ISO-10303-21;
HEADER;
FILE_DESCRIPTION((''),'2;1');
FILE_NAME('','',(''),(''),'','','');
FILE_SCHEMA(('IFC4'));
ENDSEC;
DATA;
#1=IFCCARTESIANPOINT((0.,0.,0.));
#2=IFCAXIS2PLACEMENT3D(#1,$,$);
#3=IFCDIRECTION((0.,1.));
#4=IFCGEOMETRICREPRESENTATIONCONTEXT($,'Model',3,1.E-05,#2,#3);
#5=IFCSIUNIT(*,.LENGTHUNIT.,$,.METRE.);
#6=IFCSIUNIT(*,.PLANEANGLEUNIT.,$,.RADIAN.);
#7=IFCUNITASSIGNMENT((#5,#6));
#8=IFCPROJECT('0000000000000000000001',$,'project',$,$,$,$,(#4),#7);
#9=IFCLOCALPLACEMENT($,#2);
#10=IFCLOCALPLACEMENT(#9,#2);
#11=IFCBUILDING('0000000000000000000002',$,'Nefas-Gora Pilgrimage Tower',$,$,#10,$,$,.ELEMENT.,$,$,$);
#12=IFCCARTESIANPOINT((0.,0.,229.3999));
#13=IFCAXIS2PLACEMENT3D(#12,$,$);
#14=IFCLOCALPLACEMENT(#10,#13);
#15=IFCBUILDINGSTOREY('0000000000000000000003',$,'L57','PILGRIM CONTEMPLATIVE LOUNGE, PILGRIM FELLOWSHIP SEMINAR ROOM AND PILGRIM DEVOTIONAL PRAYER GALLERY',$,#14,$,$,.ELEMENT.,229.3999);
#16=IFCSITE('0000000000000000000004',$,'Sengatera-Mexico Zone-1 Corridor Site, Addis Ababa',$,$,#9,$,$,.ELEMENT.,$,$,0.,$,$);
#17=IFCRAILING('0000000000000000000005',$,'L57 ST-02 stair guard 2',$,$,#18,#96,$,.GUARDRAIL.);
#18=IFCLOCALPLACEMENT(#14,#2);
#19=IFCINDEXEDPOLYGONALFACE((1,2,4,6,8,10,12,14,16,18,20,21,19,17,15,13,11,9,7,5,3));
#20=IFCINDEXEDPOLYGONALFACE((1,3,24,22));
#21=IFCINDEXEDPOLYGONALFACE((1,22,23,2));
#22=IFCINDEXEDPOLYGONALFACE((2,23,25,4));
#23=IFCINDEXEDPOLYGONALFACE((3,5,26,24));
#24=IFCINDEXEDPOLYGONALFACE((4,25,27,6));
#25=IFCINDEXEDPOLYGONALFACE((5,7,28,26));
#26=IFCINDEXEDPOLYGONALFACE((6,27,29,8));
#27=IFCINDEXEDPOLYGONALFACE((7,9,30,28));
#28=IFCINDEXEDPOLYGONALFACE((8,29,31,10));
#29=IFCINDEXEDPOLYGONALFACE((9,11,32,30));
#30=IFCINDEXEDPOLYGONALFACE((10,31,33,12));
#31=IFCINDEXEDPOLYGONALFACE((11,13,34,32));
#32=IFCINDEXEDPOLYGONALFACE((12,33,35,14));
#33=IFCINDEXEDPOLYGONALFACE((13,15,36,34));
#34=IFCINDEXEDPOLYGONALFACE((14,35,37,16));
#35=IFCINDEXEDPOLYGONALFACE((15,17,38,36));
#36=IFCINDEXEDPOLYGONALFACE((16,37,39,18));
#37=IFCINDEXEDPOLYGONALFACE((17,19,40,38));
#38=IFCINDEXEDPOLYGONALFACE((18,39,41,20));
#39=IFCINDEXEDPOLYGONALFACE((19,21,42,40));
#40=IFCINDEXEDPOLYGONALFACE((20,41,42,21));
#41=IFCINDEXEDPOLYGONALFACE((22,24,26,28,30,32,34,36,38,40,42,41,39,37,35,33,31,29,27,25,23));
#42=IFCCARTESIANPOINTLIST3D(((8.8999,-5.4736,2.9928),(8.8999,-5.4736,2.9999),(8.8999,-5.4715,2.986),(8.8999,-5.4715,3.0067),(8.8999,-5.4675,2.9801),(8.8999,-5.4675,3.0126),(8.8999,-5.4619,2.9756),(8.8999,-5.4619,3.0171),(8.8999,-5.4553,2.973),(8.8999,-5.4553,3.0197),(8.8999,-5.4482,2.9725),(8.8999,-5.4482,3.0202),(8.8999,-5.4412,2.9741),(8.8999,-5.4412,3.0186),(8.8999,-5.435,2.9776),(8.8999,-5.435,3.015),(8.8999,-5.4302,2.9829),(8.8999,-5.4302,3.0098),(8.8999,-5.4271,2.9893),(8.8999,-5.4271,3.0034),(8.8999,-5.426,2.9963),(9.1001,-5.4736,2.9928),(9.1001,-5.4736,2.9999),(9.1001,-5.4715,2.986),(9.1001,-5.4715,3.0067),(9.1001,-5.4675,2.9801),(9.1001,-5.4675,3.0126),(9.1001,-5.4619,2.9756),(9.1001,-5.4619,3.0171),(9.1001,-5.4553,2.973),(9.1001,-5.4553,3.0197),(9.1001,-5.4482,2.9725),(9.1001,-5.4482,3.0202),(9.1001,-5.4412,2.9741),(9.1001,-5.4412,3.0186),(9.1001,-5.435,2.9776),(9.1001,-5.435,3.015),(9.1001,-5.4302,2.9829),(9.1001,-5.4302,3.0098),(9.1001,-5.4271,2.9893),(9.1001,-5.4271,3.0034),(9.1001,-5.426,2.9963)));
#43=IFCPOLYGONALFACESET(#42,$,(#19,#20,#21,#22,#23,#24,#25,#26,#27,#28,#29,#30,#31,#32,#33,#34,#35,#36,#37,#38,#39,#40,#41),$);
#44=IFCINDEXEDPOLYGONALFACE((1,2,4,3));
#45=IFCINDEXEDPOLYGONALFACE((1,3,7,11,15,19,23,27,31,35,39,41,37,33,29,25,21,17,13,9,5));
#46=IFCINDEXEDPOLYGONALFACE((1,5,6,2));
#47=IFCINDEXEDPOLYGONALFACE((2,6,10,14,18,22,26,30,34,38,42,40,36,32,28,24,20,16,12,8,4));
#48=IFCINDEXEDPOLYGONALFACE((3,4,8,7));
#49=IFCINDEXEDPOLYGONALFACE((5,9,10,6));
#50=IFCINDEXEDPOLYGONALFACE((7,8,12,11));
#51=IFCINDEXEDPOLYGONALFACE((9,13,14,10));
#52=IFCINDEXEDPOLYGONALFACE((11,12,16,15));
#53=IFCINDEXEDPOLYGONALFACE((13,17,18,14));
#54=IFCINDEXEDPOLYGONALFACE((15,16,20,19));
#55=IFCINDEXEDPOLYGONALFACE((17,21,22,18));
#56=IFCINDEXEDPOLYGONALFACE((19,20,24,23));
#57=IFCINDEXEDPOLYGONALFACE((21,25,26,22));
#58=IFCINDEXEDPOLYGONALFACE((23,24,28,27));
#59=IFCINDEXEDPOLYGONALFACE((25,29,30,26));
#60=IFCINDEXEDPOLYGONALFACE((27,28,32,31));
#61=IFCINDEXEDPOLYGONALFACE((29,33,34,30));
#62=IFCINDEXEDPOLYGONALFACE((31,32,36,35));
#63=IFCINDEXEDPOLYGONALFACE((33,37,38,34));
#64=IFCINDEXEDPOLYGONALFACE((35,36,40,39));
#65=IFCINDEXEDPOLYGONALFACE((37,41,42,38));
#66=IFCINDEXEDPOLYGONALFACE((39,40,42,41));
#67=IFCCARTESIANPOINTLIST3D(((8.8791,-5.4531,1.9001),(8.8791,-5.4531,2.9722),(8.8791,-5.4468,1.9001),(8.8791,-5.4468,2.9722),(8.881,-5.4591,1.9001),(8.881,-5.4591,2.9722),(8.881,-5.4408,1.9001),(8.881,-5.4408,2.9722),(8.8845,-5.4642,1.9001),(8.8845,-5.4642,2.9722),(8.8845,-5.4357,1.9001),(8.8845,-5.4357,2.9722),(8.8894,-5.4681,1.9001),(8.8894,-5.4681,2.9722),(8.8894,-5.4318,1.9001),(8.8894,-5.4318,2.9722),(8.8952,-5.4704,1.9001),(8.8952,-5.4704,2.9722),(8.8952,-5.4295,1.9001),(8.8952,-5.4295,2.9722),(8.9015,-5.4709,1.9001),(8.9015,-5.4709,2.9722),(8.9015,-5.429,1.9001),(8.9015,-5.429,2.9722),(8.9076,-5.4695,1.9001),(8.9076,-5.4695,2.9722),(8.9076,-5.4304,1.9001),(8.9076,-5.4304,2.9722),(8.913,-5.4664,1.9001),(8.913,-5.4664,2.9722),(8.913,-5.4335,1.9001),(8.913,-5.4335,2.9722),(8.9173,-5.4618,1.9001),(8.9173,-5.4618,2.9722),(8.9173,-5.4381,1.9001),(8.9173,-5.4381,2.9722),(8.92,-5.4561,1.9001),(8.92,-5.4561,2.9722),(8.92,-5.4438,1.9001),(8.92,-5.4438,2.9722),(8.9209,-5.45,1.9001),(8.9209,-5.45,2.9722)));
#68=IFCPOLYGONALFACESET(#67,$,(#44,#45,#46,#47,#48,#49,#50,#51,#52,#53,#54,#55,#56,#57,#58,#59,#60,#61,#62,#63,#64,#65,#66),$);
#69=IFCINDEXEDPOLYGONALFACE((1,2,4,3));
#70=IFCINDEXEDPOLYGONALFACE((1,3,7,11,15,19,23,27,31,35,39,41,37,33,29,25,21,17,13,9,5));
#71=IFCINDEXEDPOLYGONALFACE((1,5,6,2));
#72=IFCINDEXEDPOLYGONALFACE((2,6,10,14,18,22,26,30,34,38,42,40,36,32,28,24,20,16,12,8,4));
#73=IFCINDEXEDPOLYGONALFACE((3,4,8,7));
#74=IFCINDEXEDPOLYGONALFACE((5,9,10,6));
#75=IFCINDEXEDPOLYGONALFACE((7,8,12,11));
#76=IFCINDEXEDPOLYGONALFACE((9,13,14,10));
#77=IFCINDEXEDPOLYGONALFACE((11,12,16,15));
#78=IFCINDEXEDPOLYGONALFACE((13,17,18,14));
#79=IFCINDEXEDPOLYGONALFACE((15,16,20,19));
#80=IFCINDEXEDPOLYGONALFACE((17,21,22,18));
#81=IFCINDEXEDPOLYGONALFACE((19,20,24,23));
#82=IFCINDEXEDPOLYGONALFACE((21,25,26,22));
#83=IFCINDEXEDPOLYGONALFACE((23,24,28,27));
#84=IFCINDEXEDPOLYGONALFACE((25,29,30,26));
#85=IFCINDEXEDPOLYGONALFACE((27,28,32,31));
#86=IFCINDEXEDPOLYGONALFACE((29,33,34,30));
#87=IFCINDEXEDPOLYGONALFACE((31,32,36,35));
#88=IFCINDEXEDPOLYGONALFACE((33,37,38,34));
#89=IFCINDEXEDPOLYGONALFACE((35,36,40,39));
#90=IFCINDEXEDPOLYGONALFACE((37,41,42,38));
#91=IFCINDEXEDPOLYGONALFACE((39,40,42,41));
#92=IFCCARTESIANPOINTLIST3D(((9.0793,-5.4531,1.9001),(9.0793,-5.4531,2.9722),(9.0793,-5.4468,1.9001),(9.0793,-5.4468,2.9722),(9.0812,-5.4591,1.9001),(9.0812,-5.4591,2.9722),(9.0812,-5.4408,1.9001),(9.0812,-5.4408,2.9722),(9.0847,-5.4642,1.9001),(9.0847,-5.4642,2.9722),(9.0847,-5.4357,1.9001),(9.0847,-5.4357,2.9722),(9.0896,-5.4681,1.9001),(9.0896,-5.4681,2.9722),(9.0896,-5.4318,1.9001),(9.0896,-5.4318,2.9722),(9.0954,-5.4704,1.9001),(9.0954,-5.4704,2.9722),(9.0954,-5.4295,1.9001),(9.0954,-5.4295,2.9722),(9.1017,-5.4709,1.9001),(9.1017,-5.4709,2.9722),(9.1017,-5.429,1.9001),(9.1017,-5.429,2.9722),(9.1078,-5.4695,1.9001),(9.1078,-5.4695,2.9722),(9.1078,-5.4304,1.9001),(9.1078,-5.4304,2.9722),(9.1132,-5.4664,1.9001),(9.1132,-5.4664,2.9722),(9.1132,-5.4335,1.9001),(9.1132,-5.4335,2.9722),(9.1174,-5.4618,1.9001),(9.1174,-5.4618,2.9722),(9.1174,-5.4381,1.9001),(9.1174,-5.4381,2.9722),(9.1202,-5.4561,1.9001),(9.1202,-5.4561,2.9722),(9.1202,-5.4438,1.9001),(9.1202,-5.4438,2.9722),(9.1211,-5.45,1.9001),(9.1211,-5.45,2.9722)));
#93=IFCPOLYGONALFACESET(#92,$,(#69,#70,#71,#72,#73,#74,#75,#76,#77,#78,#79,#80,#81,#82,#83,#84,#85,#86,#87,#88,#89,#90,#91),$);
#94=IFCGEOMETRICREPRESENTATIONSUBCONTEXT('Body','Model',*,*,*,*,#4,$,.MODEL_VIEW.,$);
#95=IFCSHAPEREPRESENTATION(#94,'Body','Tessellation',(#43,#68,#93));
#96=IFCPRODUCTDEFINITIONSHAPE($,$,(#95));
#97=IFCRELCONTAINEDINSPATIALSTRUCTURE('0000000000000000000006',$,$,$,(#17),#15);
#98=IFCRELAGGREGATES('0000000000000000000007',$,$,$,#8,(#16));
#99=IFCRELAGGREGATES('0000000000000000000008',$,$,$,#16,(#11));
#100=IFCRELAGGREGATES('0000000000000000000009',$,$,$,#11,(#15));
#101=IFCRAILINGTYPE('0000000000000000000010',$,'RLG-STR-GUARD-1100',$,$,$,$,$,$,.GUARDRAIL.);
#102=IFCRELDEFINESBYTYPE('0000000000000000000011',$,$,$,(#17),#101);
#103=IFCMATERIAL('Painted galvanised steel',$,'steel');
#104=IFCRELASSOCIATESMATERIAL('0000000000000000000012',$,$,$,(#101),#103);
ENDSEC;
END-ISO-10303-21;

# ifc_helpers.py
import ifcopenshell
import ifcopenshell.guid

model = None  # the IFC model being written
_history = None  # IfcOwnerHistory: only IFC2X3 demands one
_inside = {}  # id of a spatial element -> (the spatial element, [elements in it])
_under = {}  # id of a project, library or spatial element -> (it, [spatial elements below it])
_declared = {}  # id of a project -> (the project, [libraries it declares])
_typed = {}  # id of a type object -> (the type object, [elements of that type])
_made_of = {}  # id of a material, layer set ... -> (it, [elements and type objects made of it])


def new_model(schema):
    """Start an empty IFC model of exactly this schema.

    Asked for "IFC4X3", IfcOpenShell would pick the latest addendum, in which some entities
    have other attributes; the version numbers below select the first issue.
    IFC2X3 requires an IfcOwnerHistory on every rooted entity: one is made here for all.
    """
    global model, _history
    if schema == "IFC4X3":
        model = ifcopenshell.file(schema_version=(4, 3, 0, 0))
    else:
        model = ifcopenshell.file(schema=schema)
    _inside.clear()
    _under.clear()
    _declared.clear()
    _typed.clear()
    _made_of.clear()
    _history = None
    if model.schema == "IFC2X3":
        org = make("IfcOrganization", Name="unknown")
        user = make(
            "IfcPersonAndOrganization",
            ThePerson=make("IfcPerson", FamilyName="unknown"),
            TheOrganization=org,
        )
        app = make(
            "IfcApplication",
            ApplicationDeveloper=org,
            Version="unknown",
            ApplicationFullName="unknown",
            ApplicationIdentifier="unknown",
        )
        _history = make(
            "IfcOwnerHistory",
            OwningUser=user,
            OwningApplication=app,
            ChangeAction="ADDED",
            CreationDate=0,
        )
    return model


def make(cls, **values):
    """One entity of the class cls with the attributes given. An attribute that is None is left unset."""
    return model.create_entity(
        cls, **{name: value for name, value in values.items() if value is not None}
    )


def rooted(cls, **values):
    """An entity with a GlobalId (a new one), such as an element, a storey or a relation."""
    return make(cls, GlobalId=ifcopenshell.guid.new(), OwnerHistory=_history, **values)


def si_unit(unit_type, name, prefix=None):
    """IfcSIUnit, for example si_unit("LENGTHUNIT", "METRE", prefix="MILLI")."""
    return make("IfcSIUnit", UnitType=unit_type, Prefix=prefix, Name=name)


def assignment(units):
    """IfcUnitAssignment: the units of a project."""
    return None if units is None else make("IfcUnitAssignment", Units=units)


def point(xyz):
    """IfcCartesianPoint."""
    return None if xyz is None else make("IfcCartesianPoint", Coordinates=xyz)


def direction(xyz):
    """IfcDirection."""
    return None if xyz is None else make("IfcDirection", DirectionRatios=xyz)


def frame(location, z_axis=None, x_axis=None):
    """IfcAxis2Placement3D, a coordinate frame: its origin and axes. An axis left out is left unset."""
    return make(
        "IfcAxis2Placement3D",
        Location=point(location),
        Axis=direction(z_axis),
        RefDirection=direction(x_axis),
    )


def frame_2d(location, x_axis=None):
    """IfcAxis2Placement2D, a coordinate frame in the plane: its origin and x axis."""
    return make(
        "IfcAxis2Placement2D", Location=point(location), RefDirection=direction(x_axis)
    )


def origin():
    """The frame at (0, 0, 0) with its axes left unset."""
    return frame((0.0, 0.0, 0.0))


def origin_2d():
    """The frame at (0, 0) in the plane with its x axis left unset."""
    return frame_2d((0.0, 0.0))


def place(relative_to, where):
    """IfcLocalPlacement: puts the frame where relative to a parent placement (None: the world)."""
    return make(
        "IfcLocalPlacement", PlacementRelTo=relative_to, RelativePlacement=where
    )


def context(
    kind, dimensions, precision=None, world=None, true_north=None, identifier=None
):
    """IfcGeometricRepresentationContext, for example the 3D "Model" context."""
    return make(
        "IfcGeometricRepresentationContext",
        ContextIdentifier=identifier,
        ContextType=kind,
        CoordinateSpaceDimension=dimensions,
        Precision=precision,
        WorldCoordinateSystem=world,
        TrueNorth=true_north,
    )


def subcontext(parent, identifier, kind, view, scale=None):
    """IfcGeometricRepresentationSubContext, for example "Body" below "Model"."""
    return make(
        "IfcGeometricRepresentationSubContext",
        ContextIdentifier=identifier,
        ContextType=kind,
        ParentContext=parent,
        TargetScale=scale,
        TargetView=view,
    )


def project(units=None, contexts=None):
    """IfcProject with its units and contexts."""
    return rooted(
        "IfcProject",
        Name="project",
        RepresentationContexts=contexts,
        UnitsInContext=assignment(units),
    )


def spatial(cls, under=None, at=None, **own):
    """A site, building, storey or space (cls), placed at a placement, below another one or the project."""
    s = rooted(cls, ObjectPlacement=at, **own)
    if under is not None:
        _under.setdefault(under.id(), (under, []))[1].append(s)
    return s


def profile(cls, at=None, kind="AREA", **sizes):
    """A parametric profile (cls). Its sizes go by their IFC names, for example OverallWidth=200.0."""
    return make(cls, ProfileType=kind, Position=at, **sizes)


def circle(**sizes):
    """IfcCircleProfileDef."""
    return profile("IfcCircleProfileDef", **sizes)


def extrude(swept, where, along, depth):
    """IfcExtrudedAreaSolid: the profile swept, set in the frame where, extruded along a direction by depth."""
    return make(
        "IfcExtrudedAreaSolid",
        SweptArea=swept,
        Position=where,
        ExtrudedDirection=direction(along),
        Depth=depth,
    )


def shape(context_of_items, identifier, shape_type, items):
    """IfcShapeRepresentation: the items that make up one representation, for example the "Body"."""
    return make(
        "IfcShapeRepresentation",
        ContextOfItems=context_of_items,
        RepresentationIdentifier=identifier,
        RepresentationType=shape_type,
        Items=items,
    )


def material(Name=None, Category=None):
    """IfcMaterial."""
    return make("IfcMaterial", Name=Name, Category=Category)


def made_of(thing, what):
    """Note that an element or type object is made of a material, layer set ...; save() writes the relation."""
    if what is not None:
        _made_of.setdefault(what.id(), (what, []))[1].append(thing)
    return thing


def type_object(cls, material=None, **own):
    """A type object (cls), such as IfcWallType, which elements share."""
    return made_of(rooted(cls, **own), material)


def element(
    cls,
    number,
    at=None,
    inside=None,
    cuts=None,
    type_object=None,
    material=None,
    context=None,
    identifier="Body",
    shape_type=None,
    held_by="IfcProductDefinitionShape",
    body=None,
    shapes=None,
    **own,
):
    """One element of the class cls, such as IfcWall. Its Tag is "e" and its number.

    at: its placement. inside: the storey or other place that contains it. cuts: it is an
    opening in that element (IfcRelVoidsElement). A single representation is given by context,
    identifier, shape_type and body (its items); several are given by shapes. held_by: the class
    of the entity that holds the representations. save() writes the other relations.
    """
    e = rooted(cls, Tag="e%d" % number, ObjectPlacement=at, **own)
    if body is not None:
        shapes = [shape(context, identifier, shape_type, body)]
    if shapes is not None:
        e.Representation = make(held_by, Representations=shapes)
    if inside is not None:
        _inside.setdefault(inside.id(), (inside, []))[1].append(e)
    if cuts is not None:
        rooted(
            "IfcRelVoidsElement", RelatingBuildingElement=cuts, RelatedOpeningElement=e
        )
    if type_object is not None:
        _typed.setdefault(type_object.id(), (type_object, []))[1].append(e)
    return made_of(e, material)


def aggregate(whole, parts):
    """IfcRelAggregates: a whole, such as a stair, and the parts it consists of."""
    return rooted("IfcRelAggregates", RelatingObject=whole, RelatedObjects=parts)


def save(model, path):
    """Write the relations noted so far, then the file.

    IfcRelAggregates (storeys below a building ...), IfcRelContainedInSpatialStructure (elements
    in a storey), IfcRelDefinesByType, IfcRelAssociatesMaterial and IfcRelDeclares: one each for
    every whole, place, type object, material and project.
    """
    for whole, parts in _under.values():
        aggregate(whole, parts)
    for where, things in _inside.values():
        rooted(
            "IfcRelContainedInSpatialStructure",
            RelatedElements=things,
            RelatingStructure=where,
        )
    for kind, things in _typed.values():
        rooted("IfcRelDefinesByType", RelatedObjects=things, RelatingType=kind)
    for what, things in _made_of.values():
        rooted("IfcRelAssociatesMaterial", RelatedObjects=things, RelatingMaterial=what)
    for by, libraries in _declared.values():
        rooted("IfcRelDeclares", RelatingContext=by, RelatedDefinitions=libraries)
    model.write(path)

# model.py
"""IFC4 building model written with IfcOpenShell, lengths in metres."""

from ifc_helpers import new_model, si_unit, direction, frame, origin, origin_2d, place, context, subcontext, project, spatial, circle, extrude, material, type_object, element, save


model = new_model("IFC4")

# Units and contexts
model_context = context("Model", 3, precision=1e-05, world=origin(), true_north=direction((0.0, 1.0)))
body_context = subcontext(model_context, "Body", "Model", "MODEL_VIEW")
ifc_project = project(units=[si_unit("LENGTHUNIT", "METRE"), si_unit("PLANEANGLEUNIT", "RADIAN")], contexts=[model_context])

# Site, building, storey
site_placement = place(None, origin())
site = spatial("IfcSite", under=ifc_project, at=site_placement, Name="Sengatera-Mexico Zone-1 Corridor Site, Addis Ababa", CompositionType="ELEMENT", RefElevation=0.0)
building_placement = place(site_placement, origin())
building = spatial("IfcBuilding", under=site, at=building_placement, Name="Nefas-Gora Pilgrimage Tower", CompositionType="ELEMENT")
storey_placement = place(building_placement, frame((0.0, 0.0, 229.3999)))
storey = spatial("IfcBuildingStorey", under=building, at=storey_placement, Name="L57", Description="PILGRIM CONTEMPLATIVE LOUNGE, PILGRIM FELLOWSHIP SEMINAR ROOM AND PILGRIM DEVOTIONAL PRAYER GALLERY", CompositionType="ELEMENT", Elevation=229.3999)

# Railing
ifc_material_1 = material(Name="Painted galvanised steel", Category="steel")
railing_type_1 = type_object("IfcRailingType", Name="RLG-STR-GUARD-1100", PredefinedType="GUARDRAIL", material=ifc_material_1)
railing_1_placement = place(storey_placement, frame((8.8999, -5.45, 1.9001)))
element("IfcRailing", 1, at=railing_1_placement, inside=storey, type_object=railing_type_1, Name="L57 ST-02 stair guard 2", PredefinedType="GUARDRAIL", context=body_context, shape_type="SweptSolid", body=[
    extrude(circle(Radius=0.0239, at=origin_2d()), frame((0.0, 0.0, 1.0962), z_axis=(1.0, 0.0, 0.0), x_axis=(0.0, 1.0, 0.0)), (0.0, 0.0, 1.0), 0.2002),
    extrude(circle(Radius=0.021, at=origin_2d()), origin(), (0.0, 0.0, 1.0), 1.072),
    extrude(circle(Radius=0.021, at=origin_2d()), frame((0.2002, 0.0, 0.0)), (0.0, 0.0, 1.0), 1.072),
])

save(model, "model.ifc")
